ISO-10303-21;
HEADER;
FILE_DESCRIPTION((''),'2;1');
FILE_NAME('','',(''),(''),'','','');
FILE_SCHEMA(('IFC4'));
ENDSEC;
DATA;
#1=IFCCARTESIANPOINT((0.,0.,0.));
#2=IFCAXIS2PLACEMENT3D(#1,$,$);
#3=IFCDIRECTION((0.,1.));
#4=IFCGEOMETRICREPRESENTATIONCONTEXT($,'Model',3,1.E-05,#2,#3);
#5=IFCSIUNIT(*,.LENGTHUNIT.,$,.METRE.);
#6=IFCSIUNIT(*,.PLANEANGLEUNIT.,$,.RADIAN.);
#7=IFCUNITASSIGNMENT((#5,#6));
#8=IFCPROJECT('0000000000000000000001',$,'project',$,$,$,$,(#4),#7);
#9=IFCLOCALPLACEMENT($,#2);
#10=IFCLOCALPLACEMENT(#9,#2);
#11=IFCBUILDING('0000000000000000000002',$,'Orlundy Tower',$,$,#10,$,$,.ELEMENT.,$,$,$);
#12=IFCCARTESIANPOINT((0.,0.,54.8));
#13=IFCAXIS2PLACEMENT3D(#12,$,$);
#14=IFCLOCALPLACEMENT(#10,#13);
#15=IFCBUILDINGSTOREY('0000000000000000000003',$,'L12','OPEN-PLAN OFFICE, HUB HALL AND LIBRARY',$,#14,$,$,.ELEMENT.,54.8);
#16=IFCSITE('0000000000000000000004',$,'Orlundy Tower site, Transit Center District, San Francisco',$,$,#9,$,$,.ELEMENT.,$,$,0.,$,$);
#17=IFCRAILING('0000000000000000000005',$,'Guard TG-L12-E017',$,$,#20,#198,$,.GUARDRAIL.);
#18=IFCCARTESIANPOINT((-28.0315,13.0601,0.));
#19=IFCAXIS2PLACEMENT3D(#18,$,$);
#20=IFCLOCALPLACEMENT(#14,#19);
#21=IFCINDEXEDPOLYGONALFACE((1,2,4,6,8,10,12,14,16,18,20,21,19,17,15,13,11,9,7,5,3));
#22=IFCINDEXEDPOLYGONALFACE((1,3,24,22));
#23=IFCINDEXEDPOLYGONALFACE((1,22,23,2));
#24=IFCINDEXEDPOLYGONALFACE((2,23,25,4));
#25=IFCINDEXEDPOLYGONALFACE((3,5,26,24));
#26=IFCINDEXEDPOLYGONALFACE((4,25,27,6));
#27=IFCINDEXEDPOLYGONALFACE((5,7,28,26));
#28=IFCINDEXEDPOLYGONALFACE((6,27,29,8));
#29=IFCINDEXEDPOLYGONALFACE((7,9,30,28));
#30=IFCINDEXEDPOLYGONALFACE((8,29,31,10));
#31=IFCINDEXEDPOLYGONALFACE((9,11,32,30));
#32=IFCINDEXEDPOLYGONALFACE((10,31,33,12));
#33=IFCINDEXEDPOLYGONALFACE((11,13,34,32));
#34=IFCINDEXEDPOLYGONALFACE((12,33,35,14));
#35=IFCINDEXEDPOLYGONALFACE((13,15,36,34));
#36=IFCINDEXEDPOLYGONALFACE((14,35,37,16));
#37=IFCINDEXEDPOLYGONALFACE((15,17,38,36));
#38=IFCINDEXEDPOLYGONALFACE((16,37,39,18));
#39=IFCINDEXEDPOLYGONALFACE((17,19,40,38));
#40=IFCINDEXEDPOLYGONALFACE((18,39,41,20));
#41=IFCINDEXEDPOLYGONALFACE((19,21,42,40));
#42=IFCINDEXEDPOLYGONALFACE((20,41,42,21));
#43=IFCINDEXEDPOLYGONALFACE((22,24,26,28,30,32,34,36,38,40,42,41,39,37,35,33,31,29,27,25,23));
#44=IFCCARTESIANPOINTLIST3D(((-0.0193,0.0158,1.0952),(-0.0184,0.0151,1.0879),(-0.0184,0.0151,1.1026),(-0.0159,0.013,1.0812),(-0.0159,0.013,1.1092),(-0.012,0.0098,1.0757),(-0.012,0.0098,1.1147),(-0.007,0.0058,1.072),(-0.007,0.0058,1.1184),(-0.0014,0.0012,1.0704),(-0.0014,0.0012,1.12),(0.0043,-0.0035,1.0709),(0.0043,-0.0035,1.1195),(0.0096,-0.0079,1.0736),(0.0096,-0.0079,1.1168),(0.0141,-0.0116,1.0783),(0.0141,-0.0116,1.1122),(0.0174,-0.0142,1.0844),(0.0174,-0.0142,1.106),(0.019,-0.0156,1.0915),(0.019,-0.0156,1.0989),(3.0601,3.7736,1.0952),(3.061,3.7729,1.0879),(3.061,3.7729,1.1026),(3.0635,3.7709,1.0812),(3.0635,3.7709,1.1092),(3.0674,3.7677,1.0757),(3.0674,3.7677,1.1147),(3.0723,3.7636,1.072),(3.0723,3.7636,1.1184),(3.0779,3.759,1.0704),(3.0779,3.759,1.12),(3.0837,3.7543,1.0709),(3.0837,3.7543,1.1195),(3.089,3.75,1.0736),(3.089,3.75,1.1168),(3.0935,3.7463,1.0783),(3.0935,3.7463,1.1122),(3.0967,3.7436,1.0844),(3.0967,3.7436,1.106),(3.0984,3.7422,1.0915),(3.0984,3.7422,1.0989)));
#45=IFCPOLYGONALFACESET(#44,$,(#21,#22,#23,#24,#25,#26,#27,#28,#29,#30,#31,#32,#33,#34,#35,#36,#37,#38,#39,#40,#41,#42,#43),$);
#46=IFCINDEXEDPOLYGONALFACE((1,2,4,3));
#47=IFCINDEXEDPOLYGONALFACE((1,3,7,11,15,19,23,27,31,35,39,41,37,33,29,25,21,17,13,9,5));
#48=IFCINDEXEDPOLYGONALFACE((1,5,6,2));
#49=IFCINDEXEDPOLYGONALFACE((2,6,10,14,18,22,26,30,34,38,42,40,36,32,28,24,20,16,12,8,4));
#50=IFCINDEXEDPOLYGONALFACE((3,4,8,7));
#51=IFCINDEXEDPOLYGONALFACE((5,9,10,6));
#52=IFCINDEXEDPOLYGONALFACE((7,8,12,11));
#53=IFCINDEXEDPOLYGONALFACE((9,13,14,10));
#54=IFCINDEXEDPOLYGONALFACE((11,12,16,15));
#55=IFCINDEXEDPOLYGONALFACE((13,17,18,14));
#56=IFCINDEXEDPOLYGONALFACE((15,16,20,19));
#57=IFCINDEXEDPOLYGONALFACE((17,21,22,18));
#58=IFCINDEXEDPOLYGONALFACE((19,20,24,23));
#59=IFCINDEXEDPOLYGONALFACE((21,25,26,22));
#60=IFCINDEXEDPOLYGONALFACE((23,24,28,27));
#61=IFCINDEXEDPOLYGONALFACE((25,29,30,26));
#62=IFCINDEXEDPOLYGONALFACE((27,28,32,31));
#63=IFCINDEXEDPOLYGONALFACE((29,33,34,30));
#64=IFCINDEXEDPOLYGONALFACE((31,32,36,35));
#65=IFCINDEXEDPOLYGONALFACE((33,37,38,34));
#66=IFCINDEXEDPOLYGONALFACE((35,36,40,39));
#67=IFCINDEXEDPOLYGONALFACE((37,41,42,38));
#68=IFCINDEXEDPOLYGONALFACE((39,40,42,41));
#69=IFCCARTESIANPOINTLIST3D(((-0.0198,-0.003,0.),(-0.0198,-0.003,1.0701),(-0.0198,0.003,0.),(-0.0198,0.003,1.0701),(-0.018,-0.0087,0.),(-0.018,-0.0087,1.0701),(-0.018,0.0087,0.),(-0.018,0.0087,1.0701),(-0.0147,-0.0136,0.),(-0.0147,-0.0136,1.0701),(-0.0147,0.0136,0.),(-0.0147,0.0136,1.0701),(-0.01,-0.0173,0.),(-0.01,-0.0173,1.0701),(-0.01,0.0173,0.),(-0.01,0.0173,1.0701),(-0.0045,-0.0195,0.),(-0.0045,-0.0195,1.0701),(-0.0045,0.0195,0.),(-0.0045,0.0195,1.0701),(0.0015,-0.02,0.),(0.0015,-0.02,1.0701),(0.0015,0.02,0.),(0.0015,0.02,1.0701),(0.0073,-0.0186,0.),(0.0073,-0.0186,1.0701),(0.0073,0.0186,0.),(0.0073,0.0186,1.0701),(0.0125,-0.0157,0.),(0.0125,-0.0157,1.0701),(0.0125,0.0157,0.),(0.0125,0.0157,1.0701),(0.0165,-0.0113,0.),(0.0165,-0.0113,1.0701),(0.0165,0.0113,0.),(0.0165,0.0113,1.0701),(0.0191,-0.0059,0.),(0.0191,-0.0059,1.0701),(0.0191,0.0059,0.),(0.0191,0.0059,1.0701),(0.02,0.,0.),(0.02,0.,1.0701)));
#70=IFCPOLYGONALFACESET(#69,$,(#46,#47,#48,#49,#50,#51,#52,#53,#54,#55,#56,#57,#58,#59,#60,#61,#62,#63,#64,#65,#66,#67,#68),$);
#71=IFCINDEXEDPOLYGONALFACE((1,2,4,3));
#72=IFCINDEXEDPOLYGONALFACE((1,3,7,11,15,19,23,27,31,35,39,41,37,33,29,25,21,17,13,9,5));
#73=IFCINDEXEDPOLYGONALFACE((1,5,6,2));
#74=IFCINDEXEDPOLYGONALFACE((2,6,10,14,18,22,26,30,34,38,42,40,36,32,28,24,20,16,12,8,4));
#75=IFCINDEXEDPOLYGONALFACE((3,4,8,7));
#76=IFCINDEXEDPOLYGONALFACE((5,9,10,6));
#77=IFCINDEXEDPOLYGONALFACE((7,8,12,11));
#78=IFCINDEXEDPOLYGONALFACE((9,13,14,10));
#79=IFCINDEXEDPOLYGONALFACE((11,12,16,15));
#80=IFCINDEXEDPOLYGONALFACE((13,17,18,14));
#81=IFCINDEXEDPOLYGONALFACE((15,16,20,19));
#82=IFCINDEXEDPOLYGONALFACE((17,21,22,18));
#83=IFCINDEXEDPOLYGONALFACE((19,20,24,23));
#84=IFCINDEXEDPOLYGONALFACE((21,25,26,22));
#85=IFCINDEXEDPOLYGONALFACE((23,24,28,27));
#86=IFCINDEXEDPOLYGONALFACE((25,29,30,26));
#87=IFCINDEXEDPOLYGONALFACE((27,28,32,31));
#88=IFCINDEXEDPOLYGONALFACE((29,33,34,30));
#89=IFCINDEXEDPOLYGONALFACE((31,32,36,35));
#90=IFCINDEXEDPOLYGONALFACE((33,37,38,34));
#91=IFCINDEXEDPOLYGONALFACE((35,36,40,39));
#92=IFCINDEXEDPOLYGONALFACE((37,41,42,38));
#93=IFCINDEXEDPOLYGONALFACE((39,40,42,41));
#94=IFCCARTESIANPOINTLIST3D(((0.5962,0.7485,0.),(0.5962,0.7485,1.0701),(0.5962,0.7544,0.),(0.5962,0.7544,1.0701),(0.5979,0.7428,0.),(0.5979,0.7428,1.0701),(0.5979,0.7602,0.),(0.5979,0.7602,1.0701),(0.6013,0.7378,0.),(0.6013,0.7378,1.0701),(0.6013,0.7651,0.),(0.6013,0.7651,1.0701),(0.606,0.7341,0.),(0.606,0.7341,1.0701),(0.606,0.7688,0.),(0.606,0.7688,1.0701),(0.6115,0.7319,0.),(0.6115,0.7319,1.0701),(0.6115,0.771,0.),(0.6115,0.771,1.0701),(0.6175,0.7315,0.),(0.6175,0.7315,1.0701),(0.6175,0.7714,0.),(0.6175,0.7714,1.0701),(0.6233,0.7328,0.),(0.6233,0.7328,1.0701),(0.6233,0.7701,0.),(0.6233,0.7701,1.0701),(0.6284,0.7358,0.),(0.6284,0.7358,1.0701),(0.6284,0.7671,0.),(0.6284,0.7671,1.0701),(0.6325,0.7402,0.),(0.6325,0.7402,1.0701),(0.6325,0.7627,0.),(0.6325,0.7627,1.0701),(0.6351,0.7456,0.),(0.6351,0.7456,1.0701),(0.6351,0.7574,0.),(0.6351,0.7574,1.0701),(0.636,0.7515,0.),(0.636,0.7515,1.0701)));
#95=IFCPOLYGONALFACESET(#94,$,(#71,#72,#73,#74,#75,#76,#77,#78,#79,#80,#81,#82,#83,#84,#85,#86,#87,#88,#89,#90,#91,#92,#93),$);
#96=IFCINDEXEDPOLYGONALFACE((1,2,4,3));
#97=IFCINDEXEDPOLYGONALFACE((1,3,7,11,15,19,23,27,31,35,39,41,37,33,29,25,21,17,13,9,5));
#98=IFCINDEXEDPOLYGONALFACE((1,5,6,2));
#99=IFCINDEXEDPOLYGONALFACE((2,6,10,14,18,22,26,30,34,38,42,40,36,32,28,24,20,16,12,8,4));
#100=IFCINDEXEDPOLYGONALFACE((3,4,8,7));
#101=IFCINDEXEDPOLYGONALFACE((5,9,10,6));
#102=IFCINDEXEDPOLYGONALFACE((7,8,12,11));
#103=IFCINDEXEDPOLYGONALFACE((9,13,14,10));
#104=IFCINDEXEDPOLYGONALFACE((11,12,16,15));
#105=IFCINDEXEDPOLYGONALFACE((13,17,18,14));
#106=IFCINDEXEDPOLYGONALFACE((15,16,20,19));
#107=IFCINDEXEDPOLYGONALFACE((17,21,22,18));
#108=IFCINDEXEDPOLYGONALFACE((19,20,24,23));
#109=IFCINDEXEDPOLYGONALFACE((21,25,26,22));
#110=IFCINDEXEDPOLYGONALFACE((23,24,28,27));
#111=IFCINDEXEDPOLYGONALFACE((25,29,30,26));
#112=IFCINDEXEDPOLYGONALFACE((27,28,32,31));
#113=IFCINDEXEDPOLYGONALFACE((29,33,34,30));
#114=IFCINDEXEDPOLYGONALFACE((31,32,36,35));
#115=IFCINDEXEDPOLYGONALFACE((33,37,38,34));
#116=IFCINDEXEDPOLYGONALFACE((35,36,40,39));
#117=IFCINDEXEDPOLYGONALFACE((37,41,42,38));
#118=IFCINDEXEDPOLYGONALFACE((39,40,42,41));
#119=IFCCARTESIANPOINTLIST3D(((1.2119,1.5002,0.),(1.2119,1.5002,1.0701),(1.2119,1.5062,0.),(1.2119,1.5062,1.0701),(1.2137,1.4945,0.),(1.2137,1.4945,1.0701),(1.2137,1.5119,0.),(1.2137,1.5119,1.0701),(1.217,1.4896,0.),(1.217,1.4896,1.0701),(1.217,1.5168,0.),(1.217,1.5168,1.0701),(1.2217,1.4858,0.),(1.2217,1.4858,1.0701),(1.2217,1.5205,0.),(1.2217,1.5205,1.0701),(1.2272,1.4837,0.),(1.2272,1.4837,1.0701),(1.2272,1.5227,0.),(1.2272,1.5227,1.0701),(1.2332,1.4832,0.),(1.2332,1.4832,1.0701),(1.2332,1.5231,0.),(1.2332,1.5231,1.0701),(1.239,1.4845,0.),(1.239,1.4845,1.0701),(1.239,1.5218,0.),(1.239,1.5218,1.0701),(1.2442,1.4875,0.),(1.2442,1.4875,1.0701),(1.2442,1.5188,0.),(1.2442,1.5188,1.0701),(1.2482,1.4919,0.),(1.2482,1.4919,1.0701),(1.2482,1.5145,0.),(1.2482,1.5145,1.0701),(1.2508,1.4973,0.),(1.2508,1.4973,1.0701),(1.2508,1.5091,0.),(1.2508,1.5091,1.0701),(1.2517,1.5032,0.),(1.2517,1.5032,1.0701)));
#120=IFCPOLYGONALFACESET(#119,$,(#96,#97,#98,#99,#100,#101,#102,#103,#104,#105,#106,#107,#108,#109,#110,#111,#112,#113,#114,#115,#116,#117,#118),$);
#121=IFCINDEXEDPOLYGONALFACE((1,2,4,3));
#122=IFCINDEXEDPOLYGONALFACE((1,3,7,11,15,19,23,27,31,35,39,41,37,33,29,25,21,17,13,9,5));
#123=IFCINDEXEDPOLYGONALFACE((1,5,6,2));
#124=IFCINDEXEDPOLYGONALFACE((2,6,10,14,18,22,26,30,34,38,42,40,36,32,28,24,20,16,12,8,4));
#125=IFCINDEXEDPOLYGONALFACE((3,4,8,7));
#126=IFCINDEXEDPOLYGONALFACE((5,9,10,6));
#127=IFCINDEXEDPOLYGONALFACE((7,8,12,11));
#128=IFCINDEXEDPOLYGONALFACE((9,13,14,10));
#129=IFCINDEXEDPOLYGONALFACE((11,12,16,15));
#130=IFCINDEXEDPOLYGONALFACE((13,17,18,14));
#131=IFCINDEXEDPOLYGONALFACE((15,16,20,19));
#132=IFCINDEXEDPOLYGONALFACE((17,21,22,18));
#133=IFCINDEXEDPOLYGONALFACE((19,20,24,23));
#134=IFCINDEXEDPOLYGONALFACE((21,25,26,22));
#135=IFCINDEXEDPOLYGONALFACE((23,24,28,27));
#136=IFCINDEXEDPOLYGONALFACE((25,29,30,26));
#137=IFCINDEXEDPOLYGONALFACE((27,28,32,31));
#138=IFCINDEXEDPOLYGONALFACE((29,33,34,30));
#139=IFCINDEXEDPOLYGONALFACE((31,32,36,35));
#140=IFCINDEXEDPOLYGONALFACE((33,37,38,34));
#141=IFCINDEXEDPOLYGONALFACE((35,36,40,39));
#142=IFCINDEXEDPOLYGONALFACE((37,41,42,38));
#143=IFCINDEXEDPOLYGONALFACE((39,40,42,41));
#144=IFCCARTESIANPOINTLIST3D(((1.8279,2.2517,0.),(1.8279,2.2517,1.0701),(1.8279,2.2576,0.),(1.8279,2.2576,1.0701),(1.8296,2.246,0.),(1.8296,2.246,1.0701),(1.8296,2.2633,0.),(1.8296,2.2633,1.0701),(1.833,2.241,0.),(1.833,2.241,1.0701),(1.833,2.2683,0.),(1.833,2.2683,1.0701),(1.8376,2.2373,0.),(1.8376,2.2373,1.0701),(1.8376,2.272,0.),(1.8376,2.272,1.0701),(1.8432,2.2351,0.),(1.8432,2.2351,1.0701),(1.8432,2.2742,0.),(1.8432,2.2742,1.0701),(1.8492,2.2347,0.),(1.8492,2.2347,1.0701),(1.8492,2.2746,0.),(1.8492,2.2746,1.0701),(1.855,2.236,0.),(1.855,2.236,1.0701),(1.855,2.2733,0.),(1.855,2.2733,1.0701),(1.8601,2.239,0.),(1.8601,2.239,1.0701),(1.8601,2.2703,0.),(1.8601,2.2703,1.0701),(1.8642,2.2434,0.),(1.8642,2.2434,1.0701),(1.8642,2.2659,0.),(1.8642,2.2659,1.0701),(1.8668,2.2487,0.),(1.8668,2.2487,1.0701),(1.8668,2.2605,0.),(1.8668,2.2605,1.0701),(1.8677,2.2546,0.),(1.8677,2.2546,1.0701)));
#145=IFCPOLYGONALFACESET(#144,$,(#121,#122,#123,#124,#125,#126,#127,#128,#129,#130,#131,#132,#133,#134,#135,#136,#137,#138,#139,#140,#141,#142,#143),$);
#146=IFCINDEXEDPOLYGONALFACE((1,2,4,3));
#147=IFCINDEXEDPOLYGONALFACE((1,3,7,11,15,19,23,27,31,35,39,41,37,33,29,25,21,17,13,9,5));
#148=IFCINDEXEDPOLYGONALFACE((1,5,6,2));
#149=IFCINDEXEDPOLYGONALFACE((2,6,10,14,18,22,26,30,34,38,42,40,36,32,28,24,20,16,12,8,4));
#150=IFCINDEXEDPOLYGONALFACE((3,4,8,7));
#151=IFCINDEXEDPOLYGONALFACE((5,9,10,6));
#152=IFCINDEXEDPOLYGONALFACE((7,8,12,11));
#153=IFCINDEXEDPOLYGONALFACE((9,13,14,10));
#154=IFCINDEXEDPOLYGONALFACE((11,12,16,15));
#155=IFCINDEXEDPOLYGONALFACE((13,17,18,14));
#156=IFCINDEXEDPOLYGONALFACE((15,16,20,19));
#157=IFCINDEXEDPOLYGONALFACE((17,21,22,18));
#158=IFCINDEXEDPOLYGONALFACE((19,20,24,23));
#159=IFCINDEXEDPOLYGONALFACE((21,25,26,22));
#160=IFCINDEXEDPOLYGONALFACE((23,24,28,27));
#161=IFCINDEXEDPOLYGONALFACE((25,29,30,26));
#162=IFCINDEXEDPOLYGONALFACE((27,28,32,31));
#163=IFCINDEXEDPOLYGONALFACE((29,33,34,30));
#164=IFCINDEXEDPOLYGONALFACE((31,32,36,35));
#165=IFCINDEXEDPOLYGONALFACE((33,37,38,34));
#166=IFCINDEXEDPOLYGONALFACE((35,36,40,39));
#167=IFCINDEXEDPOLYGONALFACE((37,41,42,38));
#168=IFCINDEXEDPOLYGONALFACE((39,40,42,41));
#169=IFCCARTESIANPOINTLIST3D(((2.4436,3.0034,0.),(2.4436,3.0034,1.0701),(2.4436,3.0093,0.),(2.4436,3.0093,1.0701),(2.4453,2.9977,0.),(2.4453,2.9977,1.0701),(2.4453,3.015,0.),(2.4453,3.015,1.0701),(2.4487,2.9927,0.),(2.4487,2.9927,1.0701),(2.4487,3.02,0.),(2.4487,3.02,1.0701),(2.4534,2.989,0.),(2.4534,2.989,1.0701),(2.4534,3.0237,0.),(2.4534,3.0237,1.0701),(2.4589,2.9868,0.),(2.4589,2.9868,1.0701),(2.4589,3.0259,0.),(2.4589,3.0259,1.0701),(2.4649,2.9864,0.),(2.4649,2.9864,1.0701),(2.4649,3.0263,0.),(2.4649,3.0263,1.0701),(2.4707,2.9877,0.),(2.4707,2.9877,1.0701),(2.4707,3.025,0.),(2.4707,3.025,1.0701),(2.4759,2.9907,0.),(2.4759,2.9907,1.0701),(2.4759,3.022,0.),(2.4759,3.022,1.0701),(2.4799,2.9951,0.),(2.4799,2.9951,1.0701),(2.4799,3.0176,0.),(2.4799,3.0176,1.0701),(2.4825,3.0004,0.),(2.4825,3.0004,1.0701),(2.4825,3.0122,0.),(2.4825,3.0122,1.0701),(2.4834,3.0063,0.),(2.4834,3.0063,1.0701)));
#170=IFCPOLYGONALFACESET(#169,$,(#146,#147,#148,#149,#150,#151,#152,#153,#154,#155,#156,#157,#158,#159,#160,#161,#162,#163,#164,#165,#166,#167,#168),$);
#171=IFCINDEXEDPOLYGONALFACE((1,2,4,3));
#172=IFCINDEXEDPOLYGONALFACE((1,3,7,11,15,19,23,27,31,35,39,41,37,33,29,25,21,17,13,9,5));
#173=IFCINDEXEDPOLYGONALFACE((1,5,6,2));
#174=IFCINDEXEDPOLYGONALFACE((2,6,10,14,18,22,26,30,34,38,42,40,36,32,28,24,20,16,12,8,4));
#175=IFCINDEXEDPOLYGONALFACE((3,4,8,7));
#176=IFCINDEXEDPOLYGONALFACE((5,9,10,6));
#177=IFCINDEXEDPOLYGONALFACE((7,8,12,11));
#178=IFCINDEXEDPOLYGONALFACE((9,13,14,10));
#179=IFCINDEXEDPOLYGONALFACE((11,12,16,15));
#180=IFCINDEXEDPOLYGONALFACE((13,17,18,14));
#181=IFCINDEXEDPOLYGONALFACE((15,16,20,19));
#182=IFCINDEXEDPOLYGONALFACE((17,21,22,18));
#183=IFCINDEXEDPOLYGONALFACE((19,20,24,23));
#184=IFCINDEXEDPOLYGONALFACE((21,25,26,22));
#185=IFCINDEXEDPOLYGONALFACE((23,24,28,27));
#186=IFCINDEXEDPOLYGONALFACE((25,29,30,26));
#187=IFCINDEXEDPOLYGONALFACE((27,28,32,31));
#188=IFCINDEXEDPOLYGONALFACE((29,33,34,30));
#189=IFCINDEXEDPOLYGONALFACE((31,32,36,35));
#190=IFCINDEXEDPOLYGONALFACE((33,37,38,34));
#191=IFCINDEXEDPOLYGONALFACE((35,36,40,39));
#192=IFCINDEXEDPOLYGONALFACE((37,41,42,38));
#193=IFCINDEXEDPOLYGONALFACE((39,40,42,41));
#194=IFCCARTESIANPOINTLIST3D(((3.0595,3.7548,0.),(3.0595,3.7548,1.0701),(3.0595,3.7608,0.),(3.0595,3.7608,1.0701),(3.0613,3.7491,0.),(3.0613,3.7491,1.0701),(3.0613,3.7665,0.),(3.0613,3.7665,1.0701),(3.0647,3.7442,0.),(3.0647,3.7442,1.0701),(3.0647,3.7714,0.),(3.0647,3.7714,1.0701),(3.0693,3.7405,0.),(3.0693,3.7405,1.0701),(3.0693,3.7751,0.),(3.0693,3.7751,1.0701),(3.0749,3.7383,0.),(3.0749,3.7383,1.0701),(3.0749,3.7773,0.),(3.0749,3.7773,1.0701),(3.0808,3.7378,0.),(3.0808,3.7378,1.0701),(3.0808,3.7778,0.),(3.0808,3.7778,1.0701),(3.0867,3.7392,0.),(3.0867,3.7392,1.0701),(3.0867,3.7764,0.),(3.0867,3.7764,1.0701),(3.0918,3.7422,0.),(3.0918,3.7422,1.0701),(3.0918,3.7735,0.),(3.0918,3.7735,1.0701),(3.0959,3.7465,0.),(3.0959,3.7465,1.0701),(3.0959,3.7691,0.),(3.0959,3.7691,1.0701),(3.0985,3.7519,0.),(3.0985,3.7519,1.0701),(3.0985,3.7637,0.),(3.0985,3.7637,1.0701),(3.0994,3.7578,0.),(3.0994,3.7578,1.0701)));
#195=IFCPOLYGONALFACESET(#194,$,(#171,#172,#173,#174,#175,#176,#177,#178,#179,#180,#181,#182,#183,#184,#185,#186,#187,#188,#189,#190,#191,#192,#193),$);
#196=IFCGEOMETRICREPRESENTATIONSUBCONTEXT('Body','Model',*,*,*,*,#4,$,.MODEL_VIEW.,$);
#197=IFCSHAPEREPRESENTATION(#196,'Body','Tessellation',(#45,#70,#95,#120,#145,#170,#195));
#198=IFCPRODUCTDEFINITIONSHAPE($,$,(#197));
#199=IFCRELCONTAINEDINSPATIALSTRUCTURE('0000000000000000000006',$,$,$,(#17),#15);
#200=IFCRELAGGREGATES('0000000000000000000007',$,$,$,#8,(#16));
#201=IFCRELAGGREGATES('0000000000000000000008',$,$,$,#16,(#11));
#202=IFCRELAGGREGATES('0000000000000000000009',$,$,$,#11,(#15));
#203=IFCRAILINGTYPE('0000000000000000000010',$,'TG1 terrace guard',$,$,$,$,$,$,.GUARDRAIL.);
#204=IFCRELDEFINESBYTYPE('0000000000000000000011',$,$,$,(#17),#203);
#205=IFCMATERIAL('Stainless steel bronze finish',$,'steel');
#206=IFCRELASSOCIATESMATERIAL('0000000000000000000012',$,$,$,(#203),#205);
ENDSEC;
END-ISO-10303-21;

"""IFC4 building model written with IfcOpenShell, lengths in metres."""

from ifc_helpers import new_model, si_unit, direction, frame, origin, origin_2d, place, context, subcontext, project, spatial, circle, extrude, material, type_object, element, save


model = new_model("IFC4")

# Units and contexts
model_context = context("Model", 3, precision=1e-05, world=origin(), true_north=direction((0.0, 1.0)))
body_context = subcontext(model_context, "Body", "Model", "MODEL_VIEW")
ifc_project = project(units=[si_unit("LENGTHUNIT", "METRE"), si_unit("PLANEANGLEUNIT", "RADIAN")], contexts=[model_context])

# Site, building, storey
site_placement = place(None, origin())
site = spatial("IfcSite", under=ifc_project, at=site_placement, Name="Orlundy Tower site, Transit Center District, San Francisco", CompositionType="ELEMENT", RefElevation=0.0)
building_placement = place(site_placement, origin())
building = spatial("IfcBuilding", under=site, at=building_placement, Name="Orlundy Tower", CompositionType="ELEMENT")
storey_placement = place(building_placement, frame((0.0, 0.0, 54.8)))
storey = spatial("IfcBuildingStorey", under=building, at=storey_placement, Name="L12", Description="OPEN-PLAN OFFICE, HUB HALL AND LIBRARY", CompositionType="ELEMENT", Elevation=54.8)

# Railing
ifc_material_1 = material(Name="Stainless steel bronze finish", Category="steel")
railing_type = type_object("IfcRailingType", Name="TG1 terrace guard", PredefinedType="GUARDRAIL", material=ifc_material_1)
railing_1_placement = place(storey_placement, frame((-28.0315, 13.0601, 0.0)))
element("IfcRailing", 1, at=railing_1_placement, inside=storey, type_object=railing_type, Name="Guard TG-L12-E017", PredefinedType="GUARDRAIL", context=body_context, shape_type="SweptSolid", body=[
    extrude(circle(Radius=0.0249, at=origin_2d()), frame((0.0, 0.0, 1.0952), z_axis=(0.633826, 0.773476, 0.0), x_axis=(-0.773476, 0.633826, 0.0)), (0.0, 0.0, 1.0), 4.8584),
    extrude(circle(Radius=0.02, at=origin_2d()), origin(), (0.0, 0.0, 1.0), 1.0701),
    extrude(circle(Radius=0.02, at=origin_2d()), frame((0.616, 0.7515, 0.0)), (0.0, 0.0, 1.0), 1.0701),
    extrude(circle(Radius=0.02, at=origin_2d()), frame((1.2317, 1.5032, 0.0)), (0.0, 0.0, 1.0), 1.0701),
    extrude(circle(Radius=0.02, at=origin_2d()), frame((1.8477, 2.2546, 0.0)), (0.0, 0.0, 1.0), 1.0701),
    extrude(circle(Radius=0.02, at=origin_2d()), frame((2.4634, 3.0063, 0.0)), (0.0, 0.0, 1.0), 1.0701),
    extrude(circle(Radius=0.02, at=origin_2d()), frame((3.0793, 3.7578, 0.0)), (0.0, 0.0, 1.0), 1.0701),
])

save(model, "model.ifc")
